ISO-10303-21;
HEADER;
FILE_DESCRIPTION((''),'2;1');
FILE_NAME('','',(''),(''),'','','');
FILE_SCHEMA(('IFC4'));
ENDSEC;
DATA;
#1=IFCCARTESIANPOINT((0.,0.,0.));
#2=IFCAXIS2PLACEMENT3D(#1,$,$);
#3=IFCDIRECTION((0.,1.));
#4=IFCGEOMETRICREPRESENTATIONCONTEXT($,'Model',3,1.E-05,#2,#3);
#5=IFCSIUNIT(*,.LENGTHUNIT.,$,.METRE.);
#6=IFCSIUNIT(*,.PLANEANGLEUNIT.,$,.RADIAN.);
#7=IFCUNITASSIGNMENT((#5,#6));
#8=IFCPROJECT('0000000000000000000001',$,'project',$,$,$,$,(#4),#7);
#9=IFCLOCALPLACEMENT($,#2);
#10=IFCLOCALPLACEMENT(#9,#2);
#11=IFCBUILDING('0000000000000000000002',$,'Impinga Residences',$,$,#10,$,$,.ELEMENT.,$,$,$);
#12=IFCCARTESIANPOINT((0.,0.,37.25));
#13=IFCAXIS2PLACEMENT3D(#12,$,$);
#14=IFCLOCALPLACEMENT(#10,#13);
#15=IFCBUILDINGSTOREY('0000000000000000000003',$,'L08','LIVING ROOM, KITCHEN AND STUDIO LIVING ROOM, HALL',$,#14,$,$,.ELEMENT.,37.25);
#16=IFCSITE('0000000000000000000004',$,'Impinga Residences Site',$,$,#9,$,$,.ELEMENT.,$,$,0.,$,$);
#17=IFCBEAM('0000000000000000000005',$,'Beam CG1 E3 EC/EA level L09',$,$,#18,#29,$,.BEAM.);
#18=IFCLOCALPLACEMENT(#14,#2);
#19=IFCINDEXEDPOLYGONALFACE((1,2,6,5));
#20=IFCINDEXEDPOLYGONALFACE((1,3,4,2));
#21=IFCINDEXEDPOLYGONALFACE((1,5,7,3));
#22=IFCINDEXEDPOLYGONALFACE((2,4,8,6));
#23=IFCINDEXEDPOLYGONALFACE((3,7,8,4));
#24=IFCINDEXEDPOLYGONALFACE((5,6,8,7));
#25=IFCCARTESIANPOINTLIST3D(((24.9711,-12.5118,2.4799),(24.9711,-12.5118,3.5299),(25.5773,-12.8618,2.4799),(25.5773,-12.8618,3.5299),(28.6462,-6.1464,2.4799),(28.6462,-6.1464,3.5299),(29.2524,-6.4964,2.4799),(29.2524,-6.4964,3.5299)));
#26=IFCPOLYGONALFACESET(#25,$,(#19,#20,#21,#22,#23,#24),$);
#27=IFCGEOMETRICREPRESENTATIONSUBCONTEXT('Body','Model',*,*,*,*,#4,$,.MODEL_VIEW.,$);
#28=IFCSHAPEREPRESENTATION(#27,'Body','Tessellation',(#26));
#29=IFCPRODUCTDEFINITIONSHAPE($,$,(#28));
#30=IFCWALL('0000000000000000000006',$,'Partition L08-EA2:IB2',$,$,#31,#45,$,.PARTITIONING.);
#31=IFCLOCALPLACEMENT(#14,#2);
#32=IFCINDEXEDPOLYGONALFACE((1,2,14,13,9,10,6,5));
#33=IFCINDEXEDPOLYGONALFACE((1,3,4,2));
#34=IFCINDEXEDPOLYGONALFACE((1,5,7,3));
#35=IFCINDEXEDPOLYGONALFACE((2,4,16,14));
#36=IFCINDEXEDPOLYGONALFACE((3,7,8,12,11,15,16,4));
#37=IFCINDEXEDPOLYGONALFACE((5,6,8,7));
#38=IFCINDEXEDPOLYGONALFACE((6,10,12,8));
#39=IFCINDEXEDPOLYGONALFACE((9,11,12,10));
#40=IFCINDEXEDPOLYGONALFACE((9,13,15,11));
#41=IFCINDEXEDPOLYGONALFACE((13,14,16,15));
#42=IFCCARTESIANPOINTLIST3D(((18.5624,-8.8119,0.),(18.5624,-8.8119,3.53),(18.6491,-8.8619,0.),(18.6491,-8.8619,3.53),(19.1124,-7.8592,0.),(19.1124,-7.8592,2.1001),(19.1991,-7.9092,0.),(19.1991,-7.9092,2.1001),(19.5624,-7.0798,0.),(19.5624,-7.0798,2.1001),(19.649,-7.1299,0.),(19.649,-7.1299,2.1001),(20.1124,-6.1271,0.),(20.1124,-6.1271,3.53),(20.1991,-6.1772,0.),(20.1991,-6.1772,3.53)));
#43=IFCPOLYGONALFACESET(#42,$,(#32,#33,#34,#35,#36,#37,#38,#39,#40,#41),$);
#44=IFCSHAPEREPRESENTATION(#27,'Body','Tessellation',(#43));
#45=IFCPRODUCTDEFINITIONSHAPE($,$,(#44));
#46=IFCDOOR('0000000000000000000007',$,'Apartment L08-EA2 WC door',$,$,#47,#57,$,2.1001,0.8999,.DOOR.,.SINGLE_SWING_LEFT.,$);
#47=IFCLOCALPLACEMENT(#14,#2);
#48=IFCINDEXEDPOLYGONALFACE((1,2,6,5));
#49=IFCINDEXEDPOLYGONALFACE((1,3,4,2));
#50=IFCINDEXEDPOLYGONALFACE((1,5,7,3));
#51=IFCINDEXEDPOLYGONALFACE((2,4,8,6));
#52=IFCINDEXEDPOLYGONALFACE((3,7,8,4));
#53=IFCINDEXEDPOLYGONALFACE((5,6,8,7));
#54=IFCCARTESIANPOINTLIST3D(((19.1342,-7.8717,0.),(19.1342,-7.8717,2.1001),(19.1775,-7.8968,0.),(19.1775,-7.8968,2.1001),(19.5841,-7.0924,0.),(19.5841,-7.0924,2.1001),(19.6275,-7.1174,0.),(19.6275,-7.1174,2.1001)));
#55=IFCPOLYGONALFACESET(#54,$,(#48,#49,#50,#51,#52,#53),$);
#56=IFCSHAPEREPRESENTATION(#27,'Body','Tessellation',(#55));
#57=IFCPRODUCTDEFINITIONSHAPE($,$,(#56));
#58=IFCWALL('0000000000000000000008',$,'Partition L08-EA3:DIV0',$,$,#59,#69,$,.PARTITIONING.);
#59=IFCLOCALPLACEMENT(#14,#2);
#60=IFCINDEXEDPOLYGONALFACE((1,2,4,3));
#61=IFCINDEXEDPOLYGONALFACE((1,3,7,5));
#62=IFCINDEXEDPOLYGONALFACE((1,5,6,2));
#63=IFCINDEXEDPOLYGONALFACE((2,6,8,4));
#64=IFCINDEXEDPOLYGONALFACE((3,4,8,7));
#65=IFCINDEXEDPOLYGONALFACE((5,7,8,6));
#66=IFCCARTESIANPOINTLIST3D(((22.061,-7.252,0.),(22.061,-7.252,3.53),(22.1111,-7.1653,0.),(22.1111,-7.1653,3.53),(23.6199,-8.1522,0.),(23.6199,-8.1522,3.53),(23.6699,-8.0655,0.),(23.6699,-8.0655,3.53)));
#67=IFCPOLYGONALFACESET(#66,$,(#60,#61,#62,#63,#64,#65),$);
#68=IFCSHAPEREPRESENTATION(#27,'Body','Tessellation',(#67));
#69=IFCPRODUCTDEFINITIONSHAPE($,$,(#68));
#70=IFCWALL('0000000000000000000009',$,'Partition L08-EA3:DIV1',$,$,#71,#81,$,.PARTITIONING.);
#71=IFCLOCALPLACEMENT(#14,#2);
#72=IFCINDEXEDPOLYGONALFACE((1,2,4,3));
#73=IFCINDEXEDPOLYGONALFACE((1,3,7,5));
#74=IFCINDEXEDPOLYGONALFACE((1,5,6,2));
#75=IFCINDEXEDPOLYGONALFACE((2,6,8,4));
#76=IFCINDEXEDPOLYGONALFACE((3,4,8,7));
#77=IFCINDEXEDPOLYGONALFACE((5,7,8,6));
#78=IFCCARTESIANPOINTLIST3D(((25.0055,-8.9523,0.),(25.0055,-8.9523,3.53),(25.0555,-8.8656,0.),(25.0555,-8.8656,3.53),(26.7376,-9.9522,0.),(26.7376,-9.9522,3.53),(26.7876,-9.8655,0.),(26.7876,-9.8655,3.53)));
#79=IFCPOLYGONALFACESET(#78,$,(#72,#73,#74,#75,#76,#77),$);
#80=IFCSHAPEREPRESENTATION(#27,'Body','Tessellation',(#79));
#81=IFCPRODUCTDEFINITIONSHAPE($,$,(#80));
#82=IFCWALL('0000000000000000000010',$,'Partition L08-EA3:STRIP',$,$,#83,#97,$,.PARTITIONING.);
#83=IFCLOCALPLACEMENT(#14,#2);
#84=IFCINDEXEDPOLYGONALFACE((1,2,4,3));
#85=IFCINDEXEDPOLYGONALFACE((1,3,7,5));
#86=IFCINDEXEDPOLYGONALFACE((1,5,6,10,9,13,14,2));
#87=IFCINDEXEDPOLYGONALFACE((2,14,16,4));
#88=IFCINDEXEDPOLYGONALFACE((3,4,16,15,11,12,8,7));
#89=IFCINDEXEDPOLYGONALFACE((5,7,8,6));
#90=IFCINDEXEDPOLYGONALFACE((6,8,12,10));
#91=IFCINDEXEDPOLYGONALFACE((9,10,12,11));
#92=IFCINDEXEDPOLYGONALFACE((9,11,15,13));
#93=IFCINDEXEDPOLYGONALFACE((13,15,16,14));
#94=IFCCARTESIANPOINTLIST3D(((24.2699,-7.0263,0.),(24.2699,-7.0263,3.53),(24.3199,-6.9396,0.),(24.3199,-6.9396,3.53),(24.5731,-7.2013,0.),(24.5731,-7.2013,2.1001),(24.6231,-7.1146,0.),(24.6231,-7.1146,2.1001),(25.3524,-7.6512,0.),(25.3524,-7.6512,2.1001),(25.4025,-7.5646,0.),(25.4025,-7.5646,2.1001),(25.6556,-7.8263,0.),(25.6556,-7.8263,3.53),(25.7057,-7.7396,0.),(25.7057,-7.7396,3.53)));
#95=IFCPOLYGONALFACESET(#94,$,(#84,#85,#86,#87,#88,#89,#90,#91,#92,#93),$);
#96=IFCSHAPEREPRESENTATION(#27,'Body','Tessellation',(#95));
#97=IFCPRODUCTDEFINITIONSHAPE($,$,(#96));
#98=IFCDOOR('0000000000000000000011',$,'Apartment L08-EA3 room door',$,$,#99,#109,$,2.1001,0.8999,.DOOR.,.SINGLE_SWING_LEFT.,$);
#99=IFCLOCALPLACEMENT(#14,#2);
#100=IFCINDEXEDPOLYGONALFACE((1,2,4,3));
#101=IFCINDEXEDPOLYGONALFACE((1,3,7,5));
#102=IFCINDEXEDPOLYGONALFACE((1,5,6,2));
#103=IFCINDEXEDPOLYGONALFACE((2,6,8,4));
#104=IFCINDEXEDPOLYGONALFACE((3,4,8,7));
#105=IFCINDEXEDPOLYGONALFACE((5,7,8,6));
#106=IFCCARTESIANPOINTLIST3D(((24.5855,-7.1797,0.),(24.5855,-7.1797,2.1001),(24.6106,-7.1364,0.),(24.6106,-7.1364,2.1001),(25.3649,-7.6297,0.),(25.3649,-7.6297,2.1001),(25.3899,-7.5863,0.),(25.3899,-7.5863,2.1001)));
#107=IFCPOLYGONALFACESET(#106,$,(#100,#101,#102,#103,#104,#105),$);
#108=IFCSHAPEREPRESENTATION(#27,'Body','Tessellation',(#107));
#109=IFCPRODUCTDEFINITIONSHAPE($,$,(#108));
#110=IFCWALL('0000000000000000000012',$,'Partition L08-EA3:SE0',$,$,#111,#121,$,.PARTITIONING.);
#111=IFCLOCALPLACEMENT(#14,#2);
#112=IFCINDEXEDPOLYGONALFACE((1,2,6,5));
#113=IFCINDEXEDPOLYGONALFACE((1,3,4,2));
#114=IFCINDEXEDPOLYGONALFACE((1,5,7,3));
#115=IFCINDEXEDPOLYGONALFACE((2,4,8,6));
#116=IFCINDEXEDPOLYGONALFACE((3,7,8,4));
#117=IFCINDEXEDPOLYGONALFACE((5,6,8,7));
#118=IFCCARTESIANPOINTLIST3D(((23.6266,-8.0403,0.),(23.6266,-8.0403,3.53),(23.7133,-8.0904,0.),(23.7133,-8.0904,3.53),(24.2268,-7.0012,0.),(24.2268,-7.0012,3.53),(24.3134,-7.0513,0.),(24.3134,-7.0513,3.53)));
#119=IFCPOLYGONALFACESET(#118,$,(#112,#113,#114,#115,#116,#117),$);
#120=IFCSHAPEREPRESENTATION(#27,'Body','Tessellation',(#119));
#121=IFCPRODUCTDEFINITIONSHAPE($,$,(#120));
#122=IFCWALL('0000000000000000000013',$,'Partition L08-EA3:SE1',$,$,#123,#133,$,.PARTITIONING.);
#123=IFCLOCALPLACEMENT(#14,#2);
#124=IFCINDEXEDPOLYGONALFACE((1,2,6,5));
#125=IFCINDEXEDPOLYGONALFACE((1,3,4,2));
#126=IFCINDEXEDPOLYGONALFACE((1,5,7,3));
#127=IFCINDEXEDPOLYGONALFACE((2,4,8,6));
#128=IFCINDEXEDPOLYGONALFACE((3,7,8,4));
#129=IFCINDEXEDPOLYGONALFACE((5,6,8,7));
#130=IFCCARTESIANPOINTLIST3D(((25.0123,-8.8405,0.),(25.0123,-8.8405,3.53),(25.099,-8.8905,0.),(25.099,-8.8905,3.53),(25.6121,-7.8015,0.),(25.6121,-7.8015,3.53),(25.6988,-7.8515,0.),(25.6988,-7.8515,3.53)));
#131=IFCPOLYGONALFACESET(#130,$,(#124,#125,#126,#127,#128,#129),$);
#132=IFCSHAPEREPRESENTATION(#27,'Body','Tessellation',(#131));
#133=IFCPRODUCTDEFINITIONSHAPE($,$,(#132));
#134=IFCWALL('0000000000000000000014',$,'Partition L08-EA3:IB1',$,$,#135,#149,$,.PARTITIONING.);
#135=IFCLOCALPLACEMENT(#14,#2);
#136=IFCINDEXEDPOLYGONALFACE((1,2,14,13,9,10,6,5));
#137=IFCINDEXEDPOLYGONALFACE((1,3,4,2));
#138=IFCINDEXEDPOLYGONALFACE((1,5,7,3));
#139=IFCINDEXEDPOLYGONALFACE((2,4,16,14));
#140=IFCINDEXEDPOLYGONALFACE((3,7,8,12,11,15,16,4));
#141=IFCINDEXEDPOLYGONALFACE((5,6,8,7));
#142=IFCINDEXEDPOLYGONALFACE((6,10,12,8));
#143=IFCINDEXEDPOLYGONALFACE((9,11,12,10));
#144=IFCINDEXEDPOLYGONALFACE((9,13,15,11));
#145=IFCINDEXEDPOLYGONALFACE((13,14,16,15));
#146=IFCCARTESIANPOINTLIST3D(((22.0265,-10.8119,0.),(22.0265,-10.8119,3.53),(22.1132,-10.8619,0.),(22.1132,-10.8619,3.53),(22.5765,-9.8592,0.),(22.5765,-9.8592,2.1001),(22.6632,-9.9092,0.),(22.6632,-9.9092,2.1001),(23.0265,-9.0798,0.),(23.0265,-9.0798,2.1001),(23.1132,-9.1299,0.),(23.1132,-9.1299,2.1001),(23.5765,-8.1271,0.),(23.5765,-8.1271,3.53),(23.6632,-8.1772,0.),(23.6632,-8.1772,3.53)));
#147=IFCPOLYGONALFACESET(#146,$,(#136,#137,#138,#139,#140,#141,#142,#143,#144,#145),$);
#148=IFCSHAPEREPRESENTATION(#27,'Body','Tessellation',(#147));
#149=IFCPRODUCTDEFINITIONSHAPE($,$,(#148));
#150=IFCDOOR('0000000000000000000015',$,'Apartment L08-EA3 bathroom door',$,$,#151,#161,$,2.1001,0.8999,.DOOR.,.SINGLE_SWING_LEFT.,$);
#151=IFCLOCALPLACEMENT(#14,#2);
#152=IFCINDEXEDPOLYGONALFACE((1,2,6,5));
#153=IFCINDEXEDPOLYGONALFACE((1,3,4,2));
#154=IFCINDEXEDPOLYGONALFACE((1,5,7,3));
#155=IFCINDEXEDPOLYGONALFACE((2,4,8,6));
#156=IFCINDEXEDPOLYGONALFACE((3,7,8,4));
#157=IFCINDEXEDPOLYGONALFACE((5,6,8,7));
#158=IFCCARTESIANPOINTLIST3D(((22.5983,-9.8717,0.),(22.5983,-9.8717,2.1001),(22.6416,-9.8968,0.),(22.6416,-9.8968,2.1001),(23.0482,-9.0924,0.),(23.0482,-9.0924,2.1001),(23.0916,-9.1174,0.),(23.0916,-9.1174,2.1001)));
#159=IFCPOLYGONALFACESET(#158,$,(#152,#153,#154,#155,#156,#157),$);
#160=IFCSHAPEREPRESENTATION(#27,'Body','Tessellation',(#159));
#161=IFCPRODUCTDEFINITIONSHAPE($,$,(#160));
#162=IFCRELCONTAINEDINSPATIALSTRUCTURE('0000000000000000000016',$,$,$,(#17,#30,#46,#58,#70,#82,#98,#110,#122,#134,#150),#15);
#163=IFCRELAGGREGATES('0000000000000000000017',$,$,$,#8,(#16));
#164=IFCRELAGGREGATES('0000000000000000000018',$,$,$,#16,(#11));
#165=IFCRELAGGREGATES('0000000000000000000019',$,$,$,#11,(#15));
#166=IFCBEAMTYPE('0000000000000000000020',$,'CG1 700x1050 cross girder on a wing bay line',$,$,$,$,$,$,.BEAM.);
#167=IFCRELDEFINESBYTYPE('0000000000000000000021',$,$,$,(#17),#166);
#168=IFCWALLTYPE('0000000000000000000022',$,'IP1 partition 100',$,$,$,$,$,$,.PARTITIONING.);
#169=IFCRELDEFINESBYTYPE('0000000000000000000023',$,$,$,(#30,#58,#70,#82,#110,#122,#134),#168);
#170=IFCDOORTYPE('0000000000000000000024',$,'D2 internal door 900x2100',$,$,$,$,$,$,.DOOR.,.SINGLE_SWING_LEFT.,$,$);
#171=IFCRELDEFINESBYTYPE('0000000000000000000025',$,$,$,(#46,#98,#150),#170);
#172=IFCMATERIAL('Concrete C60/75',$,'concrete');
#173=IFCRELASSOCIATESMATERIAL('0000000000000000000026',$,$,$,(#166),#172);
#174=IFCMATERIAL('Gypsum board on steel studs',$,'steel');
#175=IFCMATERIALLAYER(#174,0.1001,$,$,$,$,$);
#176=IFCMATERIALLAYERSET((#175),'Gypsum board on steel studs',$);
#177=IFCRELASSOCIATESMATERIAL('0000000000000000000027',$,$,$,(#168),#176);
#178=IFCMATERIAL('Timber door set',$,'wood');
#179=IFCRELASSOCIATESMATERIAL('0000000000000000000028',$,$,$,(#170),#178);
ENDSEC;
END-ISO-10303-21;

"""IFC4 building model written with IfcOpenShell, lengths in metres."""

from ifc_helpers import new_model, si_unit, direction, frame, frame_2d, origin, origin_2d, place, context, subcontext, project, spatial, rectangle, extrude, material, layer, layer_set, material_profile, profile_set, type_object, element, fill, save


model = new_model("IFC4")

# Units and contexts
model_context = context("Model", 3, precision=1e-05, world=origin(), true_north=direction((0.0, 1.0)))
body_context = subcontext(model_context, "Body", "Model", "MODEL_VIEW")
ifc_project = project(units=[si_unit("LENGTHUNIT", "METRE"), si_unit("PLANEANGLEUNIT", "RADIAN")], contexts=[model_context])

# Site, building, storey
site_placement = place(None, origin())
site = spatial("IfcSite", under=ifc_project, at=site_placement, Name="Impinga Residences Site", CompositionType="ELEMENT", RefElevation=0.0)
building_placement = place(site_placement, origin())
building = spatial("IfcBuilding", under=site, at=building_placement, Name="Impinga Residences", CompositionType="ELEMENT")
storey_placement = place(building_placement, frame((0.0, 0.0, 37.25)))
storey = spatial("IfcBuildingStorey", under=building, at=storey_placement, Name="L08", Description="LIVING ROOM, KITCHEN AND STUDIO LIVING ROOM, HALL", CompositionType="ELEMENT", Elevation=37.25)

# Beam
ifc_material_1 = material(Name="Concrete C60/75", Category="concrete")
ifc_material_profile = material_profile(ifc_material_1, rectangle(XDim=0.7, YDim=1.05, at=origin_2d()), Name="RC 700x1050")
ifc_profile_set = profile_set([ifc_material_profile], Name="Concrete C60/75")
beam_type = type_object("IfcBeamType", Name="CG1 700x1050 cross girder on a wing bay line", PredefinedType="BEAM", material=ifc_profile_set)
beam_placement = place(storey_placement, frame((25.2742, -12.6868, 3.0049), z_axis=(0.500008, 0.866021, 0.0), x_axis=(-0.866021, 0.500008, 0.0)))
element("IfcBeam", 1, at=beam_placement, inside=storey, type_object=beam_type, Name="Beam CG1 E3 EC/EA level L09", PredefinedType="BEAM", context=body_context, shape_type="SweptSolid", body=[
    extrude(rectangle(XDim=0.7, YDim=1.05, at=origin_2d()), origin(), (0.0, 0.0, 1.0), 7.3501),
])

# Wall, opening, door
ifc_material_2 = material(Name="Gypsum board on steel studs", Category="steel")
ifc_layer_1 = layer(ifc_material_2, 0.1001)
ifc_layer_set_1 = layer_set([ifc_layer_1], Name="Gypsum board on steel studs")
wall_type_1 = type_object("IfcWallType", Name="IP1 partition 100", PredefinedType="PARTITIONING", material=ifc_layer_set_1)
wall_1_placement = place(storey_placement, frame((18.6057, -8.8369, 0.0), z_axis=(0.0, 0.0, 1.0), x_axis=(0.499993, 0.86603, 0.0)))
wall_1 = element("IfcWall", 2, at=wall_1_placement, inside=storey, type_object=wall_type_1, Name="Partition L08-EA2:IB2", PredefinedType="PARTITIONING", context=body_context, shape_type="SweptSolid", body=[
    extrude(rectangle(XDim=3.1001, YDim=0.1001, at=frame_2d((1.55, 0.0))), origin(), (0.0, 0.0, 1.0), 3.53),
])
opening_1_placement = place(wall_1_placement, frame((1.1001, 0.0, 0.0)))
opening_1 = element("IfcOpeningElement", 3, at=opening_1_placement, cuts=wall_1, PredefinedType="OPENING", context=body_context, shape_type="SweptSolid", body=[
    extrude(rectangle(XDim=0.8999, YDim=2.1001, at=frame_2d((0.45, 1.05))), frame((0.0, 0.0601, 0.0), z_axis=(0.0, -1.0, 0.0), x_axis=(1.0, 0.0, 0.0)), (0.0, 0.0, 1.0), 0.1201),
])
ifc_material_3 = material(Name="Timber door set", Category="wood")
door_type = type_object("IfcDoorType", Name="D2 internal door 900x2100", OperationType="SINGLE_SWING_LEFT", PredefinedType="DOOR", material=ifc_material_3)
door_1_placement = place(opening_1_placement, origin())
door_1 = element("IfcDoor", 4, at=door_1_placement, inside=storey, type_object=door_type, Name="Apartment L08-EA2 WC door", OperationType="SINGLE_SWING_LEFT", OverallHeight=2.1001, OverallWidth=0.8999, PredefinedType="DOOR", context=body_context, shape_type="SweptSolid", body=[
    extrude(rectangle(XDim=0.8999, YDim=2.1001, at=frame_2d((0.45, 1.05))), frame((0.0, 0.0249, 0.0), z_axis=(0.0, -1.0, 0.0), x_axis=(1.0, 0.0, 0.0)), (0.0, 0.0, 1.0), 0.05),
])
fill(opening_1, door_1)

# Walls
wall_2_placement = place(storey_placement, frame((22.0862, -7.2087, 0.0), z_axis=(0.0, 0.0, 1.0), x_axis=(0.865989, -0.500063, 0.0)))
element("IfcWall", 5, at=wall_2_placement, inside=storey, type_object=wall_type_1, Name="Partition L08-EA3:DIV0", PredefinedType="PARTITIONING", context=body_context, shape_type="SweptSolid", body=[
    extrude(rectangle(XDim=1.8, YDim=0.1001, at=frame_2d((0.8999, 0.0))), origin(), (0.0, 0.0, 1.0), 3.53),
])
wall_3_placement = place(storey_placement, frame((25.0305, -8.9089, 0.0), z_axis=(0.0, 0.0, 1.0), x_axis=(0.866041, -0.499973, 0.0)))
element("IfcWall", 6, at=wall_3_placement, inside=storey, type_object=wall_type_1, Name="Partition L08-EA3:DIV1", PredefinedType="PARTITIONING", context=body_context, shape_type="SweptSolid", body=[
    extrude(rectangle(XDim=2.0, YDim=0.1001, at=frame_2d((1.0, 0.0))), origin(), (0.0, 0.0, 1.0), 3.53),
])

# Wall, opening, door
wall_4_placement = place(storey_placement, frame((24.2949, -6.9829, 0.0), z_axis=(0.0, 0.0, 1.0), x_axis=(0.866028, -0.499995, 0.0)))
wall_4 = element("IfcWall", 7, at=wall_4_placement, inside=storey, type_object=wall_type_1, Name="Partition L08-EA3:STRIP", PredefinedType="PARTITIONING", context=body_context, shape_type="SweptSolid", body=[
    extrude(rectangle(XDim=1.6001, YDim=0.1001, at=frame_2d((0.8, 0.0))), origin(), (0.0, 0.0, 1.0), 3.53),
])
opening_2_placement = place(wall_4_placement, frame((0.3501, 0.0, 0.0)))
opening_2 = element("IfcOpeningElement", 8, at=opening_2_placement, cuts=wall_4, PredefinedType="OPENING", context=body_context, shape_type="SweptSolid", body=[
    extrude(rectangle(XDim=0.8999, YDim=2.1001, at=frame_2d((0.45, 1.05))), frame((0.0, 0.0601, 0.0), z_axis=(0.0, -1.0, 0.0), x_axis=(1.0, 0.0, 0.0)), (0.0, 0.0, 1.0), 0.1201),
])
door_2_placement = place(opening_2_placement, origin())
door_2 = element("IfcDoor", 9, at=door_2_placement, inside=storey, type_object=door_type, Name="Apartment L08-EA3 room door", OperationType="SINGLE_SWING_LEFT", OverallHeight=2.1001, OverallWidth=0.8999, PredefinedType="DOOR", context=body_context, shape_type="SweptSolid", body=[
    extrude(rectangle(XDim=0.8999, YDim=2.1001, at=frame_2d((0.45, 1.05))), frame((0.0, 0.0249, 0.0), z_axis=(0.0, -1.0, 0.0), x_axis=(1.0, 0.0, 0.0)), (0.0, 0.0, 1.0), 0.05),
])
fill(opening_2, door_2)

# Walls
wall_5_placement = place(storey_placement, frame((23.6699, -8.0654, 0.0), z_axis=(0.0, 0.0, 1.0), x_axis=(0.500122, 0.865955, 0.0)))
element("IfcWall", 10, at=wall_5_placement, inside=storey, type_object=wall_type_1, Name="Partition L08-EA3:SE0", PredefinedType="PARTITIONING", context=body_context, shape_type="SweptSolid", body=[
    extrude(rectangle(XDim=1.2, YDim=0.1001, at=frame_2d((0.6001, 0.0))), origin(), (0.0, 0.0, 1.0), 3.53),
])
wall_6_placement = place(storey_placement, frame((25.0557, -8.8655, 0.0), z_axis=(0.0, 0.0, 1.0), x_axis=(0.499969, 0.866043, 0.0)))
element("IfcWall", 11, at=wall_6_placement, inside=storey, type_object=wall_type_1, Name="Partition L08-EA3:SE1", PredefinedType="PARTITIONING", context=body_context, shape_type="SweptSolid", body=[
    extrude(rectangle(XDim=1.1997, YDim=0.1001, at=frame_2d((0.5999, 0.0))), origin(), (0.0, 0.0, 1.0), 3.53),
])

# Wall, opening, door
wall_7_placement = place(storey_placement, frame((22.0698, -10.8369, 0.0), z_axis=(0.0, 0.0, 1.0), x_axis=(0.499993, 0.86603, 0.0)))
wall_7 = element("IfcWall", 12, at=wall_7_placement, inside=storey, type_object=wall_type_1, Name="Partition L08-EA3:IB1", PredefinedType="PARTITIONING", context=body_context, shape_type="SweptSolid", body=[
    extrude(rectangle(XDim=3.1001, YDim=0.1001, at=frame_2d((1.55, 0.0))), origin(), (0.0, 0.0, 1.0), 3.53),
])
opening_3_placement = place(wall_7_placement, frame((1.1001, 0.0, 0.0)))
opening_3 = element("IfcOpeningElement", 13, at=opening_3_placement, cuts=wall_7, PredefinedType="OPENING", context=body_context, shape_type="SweptSolid", body=[
    extrude(rectangle(XDim=0.8999, YDim=2.1001, at=frame_2d((0.45, 1.05))), frame((0.0, 0.0601, 0.0), z_axis=(0.0, -1.0, 0.0), x_axis=(1.0, 0.0, 0.0)), (0.0, 0.0, 1.0), 0.1201),
])
door_3_placement = place(opening_3_placement, origin())
door_3 = element("IfcDoor", 14, at=door_3_placement, inside=storey, type_object=door_type, Name="Apartment L08-EA3 bathroom door", OperationType="SINGLE_SWING_LEFT", OverallHeight=2.1001, OverallWidth=0.8999, PredefinedType="DOOR", context=body_context, shape_type="SweptSolid", body=[
    extrude(rectangle(XDim=0.8999, YDim=2.1001, at=frame_2d((0.45, 1.05))), frame((0.0, 0.0249, 0.0), z_axis=(0.0, -1.0, 0.0), x_axis=(1.0, 0.0, 0.0)), (0.0, 0.0, 1.0), 0.05),
])
fill(opening_3, door_3)

save(model, "model.ifc")
